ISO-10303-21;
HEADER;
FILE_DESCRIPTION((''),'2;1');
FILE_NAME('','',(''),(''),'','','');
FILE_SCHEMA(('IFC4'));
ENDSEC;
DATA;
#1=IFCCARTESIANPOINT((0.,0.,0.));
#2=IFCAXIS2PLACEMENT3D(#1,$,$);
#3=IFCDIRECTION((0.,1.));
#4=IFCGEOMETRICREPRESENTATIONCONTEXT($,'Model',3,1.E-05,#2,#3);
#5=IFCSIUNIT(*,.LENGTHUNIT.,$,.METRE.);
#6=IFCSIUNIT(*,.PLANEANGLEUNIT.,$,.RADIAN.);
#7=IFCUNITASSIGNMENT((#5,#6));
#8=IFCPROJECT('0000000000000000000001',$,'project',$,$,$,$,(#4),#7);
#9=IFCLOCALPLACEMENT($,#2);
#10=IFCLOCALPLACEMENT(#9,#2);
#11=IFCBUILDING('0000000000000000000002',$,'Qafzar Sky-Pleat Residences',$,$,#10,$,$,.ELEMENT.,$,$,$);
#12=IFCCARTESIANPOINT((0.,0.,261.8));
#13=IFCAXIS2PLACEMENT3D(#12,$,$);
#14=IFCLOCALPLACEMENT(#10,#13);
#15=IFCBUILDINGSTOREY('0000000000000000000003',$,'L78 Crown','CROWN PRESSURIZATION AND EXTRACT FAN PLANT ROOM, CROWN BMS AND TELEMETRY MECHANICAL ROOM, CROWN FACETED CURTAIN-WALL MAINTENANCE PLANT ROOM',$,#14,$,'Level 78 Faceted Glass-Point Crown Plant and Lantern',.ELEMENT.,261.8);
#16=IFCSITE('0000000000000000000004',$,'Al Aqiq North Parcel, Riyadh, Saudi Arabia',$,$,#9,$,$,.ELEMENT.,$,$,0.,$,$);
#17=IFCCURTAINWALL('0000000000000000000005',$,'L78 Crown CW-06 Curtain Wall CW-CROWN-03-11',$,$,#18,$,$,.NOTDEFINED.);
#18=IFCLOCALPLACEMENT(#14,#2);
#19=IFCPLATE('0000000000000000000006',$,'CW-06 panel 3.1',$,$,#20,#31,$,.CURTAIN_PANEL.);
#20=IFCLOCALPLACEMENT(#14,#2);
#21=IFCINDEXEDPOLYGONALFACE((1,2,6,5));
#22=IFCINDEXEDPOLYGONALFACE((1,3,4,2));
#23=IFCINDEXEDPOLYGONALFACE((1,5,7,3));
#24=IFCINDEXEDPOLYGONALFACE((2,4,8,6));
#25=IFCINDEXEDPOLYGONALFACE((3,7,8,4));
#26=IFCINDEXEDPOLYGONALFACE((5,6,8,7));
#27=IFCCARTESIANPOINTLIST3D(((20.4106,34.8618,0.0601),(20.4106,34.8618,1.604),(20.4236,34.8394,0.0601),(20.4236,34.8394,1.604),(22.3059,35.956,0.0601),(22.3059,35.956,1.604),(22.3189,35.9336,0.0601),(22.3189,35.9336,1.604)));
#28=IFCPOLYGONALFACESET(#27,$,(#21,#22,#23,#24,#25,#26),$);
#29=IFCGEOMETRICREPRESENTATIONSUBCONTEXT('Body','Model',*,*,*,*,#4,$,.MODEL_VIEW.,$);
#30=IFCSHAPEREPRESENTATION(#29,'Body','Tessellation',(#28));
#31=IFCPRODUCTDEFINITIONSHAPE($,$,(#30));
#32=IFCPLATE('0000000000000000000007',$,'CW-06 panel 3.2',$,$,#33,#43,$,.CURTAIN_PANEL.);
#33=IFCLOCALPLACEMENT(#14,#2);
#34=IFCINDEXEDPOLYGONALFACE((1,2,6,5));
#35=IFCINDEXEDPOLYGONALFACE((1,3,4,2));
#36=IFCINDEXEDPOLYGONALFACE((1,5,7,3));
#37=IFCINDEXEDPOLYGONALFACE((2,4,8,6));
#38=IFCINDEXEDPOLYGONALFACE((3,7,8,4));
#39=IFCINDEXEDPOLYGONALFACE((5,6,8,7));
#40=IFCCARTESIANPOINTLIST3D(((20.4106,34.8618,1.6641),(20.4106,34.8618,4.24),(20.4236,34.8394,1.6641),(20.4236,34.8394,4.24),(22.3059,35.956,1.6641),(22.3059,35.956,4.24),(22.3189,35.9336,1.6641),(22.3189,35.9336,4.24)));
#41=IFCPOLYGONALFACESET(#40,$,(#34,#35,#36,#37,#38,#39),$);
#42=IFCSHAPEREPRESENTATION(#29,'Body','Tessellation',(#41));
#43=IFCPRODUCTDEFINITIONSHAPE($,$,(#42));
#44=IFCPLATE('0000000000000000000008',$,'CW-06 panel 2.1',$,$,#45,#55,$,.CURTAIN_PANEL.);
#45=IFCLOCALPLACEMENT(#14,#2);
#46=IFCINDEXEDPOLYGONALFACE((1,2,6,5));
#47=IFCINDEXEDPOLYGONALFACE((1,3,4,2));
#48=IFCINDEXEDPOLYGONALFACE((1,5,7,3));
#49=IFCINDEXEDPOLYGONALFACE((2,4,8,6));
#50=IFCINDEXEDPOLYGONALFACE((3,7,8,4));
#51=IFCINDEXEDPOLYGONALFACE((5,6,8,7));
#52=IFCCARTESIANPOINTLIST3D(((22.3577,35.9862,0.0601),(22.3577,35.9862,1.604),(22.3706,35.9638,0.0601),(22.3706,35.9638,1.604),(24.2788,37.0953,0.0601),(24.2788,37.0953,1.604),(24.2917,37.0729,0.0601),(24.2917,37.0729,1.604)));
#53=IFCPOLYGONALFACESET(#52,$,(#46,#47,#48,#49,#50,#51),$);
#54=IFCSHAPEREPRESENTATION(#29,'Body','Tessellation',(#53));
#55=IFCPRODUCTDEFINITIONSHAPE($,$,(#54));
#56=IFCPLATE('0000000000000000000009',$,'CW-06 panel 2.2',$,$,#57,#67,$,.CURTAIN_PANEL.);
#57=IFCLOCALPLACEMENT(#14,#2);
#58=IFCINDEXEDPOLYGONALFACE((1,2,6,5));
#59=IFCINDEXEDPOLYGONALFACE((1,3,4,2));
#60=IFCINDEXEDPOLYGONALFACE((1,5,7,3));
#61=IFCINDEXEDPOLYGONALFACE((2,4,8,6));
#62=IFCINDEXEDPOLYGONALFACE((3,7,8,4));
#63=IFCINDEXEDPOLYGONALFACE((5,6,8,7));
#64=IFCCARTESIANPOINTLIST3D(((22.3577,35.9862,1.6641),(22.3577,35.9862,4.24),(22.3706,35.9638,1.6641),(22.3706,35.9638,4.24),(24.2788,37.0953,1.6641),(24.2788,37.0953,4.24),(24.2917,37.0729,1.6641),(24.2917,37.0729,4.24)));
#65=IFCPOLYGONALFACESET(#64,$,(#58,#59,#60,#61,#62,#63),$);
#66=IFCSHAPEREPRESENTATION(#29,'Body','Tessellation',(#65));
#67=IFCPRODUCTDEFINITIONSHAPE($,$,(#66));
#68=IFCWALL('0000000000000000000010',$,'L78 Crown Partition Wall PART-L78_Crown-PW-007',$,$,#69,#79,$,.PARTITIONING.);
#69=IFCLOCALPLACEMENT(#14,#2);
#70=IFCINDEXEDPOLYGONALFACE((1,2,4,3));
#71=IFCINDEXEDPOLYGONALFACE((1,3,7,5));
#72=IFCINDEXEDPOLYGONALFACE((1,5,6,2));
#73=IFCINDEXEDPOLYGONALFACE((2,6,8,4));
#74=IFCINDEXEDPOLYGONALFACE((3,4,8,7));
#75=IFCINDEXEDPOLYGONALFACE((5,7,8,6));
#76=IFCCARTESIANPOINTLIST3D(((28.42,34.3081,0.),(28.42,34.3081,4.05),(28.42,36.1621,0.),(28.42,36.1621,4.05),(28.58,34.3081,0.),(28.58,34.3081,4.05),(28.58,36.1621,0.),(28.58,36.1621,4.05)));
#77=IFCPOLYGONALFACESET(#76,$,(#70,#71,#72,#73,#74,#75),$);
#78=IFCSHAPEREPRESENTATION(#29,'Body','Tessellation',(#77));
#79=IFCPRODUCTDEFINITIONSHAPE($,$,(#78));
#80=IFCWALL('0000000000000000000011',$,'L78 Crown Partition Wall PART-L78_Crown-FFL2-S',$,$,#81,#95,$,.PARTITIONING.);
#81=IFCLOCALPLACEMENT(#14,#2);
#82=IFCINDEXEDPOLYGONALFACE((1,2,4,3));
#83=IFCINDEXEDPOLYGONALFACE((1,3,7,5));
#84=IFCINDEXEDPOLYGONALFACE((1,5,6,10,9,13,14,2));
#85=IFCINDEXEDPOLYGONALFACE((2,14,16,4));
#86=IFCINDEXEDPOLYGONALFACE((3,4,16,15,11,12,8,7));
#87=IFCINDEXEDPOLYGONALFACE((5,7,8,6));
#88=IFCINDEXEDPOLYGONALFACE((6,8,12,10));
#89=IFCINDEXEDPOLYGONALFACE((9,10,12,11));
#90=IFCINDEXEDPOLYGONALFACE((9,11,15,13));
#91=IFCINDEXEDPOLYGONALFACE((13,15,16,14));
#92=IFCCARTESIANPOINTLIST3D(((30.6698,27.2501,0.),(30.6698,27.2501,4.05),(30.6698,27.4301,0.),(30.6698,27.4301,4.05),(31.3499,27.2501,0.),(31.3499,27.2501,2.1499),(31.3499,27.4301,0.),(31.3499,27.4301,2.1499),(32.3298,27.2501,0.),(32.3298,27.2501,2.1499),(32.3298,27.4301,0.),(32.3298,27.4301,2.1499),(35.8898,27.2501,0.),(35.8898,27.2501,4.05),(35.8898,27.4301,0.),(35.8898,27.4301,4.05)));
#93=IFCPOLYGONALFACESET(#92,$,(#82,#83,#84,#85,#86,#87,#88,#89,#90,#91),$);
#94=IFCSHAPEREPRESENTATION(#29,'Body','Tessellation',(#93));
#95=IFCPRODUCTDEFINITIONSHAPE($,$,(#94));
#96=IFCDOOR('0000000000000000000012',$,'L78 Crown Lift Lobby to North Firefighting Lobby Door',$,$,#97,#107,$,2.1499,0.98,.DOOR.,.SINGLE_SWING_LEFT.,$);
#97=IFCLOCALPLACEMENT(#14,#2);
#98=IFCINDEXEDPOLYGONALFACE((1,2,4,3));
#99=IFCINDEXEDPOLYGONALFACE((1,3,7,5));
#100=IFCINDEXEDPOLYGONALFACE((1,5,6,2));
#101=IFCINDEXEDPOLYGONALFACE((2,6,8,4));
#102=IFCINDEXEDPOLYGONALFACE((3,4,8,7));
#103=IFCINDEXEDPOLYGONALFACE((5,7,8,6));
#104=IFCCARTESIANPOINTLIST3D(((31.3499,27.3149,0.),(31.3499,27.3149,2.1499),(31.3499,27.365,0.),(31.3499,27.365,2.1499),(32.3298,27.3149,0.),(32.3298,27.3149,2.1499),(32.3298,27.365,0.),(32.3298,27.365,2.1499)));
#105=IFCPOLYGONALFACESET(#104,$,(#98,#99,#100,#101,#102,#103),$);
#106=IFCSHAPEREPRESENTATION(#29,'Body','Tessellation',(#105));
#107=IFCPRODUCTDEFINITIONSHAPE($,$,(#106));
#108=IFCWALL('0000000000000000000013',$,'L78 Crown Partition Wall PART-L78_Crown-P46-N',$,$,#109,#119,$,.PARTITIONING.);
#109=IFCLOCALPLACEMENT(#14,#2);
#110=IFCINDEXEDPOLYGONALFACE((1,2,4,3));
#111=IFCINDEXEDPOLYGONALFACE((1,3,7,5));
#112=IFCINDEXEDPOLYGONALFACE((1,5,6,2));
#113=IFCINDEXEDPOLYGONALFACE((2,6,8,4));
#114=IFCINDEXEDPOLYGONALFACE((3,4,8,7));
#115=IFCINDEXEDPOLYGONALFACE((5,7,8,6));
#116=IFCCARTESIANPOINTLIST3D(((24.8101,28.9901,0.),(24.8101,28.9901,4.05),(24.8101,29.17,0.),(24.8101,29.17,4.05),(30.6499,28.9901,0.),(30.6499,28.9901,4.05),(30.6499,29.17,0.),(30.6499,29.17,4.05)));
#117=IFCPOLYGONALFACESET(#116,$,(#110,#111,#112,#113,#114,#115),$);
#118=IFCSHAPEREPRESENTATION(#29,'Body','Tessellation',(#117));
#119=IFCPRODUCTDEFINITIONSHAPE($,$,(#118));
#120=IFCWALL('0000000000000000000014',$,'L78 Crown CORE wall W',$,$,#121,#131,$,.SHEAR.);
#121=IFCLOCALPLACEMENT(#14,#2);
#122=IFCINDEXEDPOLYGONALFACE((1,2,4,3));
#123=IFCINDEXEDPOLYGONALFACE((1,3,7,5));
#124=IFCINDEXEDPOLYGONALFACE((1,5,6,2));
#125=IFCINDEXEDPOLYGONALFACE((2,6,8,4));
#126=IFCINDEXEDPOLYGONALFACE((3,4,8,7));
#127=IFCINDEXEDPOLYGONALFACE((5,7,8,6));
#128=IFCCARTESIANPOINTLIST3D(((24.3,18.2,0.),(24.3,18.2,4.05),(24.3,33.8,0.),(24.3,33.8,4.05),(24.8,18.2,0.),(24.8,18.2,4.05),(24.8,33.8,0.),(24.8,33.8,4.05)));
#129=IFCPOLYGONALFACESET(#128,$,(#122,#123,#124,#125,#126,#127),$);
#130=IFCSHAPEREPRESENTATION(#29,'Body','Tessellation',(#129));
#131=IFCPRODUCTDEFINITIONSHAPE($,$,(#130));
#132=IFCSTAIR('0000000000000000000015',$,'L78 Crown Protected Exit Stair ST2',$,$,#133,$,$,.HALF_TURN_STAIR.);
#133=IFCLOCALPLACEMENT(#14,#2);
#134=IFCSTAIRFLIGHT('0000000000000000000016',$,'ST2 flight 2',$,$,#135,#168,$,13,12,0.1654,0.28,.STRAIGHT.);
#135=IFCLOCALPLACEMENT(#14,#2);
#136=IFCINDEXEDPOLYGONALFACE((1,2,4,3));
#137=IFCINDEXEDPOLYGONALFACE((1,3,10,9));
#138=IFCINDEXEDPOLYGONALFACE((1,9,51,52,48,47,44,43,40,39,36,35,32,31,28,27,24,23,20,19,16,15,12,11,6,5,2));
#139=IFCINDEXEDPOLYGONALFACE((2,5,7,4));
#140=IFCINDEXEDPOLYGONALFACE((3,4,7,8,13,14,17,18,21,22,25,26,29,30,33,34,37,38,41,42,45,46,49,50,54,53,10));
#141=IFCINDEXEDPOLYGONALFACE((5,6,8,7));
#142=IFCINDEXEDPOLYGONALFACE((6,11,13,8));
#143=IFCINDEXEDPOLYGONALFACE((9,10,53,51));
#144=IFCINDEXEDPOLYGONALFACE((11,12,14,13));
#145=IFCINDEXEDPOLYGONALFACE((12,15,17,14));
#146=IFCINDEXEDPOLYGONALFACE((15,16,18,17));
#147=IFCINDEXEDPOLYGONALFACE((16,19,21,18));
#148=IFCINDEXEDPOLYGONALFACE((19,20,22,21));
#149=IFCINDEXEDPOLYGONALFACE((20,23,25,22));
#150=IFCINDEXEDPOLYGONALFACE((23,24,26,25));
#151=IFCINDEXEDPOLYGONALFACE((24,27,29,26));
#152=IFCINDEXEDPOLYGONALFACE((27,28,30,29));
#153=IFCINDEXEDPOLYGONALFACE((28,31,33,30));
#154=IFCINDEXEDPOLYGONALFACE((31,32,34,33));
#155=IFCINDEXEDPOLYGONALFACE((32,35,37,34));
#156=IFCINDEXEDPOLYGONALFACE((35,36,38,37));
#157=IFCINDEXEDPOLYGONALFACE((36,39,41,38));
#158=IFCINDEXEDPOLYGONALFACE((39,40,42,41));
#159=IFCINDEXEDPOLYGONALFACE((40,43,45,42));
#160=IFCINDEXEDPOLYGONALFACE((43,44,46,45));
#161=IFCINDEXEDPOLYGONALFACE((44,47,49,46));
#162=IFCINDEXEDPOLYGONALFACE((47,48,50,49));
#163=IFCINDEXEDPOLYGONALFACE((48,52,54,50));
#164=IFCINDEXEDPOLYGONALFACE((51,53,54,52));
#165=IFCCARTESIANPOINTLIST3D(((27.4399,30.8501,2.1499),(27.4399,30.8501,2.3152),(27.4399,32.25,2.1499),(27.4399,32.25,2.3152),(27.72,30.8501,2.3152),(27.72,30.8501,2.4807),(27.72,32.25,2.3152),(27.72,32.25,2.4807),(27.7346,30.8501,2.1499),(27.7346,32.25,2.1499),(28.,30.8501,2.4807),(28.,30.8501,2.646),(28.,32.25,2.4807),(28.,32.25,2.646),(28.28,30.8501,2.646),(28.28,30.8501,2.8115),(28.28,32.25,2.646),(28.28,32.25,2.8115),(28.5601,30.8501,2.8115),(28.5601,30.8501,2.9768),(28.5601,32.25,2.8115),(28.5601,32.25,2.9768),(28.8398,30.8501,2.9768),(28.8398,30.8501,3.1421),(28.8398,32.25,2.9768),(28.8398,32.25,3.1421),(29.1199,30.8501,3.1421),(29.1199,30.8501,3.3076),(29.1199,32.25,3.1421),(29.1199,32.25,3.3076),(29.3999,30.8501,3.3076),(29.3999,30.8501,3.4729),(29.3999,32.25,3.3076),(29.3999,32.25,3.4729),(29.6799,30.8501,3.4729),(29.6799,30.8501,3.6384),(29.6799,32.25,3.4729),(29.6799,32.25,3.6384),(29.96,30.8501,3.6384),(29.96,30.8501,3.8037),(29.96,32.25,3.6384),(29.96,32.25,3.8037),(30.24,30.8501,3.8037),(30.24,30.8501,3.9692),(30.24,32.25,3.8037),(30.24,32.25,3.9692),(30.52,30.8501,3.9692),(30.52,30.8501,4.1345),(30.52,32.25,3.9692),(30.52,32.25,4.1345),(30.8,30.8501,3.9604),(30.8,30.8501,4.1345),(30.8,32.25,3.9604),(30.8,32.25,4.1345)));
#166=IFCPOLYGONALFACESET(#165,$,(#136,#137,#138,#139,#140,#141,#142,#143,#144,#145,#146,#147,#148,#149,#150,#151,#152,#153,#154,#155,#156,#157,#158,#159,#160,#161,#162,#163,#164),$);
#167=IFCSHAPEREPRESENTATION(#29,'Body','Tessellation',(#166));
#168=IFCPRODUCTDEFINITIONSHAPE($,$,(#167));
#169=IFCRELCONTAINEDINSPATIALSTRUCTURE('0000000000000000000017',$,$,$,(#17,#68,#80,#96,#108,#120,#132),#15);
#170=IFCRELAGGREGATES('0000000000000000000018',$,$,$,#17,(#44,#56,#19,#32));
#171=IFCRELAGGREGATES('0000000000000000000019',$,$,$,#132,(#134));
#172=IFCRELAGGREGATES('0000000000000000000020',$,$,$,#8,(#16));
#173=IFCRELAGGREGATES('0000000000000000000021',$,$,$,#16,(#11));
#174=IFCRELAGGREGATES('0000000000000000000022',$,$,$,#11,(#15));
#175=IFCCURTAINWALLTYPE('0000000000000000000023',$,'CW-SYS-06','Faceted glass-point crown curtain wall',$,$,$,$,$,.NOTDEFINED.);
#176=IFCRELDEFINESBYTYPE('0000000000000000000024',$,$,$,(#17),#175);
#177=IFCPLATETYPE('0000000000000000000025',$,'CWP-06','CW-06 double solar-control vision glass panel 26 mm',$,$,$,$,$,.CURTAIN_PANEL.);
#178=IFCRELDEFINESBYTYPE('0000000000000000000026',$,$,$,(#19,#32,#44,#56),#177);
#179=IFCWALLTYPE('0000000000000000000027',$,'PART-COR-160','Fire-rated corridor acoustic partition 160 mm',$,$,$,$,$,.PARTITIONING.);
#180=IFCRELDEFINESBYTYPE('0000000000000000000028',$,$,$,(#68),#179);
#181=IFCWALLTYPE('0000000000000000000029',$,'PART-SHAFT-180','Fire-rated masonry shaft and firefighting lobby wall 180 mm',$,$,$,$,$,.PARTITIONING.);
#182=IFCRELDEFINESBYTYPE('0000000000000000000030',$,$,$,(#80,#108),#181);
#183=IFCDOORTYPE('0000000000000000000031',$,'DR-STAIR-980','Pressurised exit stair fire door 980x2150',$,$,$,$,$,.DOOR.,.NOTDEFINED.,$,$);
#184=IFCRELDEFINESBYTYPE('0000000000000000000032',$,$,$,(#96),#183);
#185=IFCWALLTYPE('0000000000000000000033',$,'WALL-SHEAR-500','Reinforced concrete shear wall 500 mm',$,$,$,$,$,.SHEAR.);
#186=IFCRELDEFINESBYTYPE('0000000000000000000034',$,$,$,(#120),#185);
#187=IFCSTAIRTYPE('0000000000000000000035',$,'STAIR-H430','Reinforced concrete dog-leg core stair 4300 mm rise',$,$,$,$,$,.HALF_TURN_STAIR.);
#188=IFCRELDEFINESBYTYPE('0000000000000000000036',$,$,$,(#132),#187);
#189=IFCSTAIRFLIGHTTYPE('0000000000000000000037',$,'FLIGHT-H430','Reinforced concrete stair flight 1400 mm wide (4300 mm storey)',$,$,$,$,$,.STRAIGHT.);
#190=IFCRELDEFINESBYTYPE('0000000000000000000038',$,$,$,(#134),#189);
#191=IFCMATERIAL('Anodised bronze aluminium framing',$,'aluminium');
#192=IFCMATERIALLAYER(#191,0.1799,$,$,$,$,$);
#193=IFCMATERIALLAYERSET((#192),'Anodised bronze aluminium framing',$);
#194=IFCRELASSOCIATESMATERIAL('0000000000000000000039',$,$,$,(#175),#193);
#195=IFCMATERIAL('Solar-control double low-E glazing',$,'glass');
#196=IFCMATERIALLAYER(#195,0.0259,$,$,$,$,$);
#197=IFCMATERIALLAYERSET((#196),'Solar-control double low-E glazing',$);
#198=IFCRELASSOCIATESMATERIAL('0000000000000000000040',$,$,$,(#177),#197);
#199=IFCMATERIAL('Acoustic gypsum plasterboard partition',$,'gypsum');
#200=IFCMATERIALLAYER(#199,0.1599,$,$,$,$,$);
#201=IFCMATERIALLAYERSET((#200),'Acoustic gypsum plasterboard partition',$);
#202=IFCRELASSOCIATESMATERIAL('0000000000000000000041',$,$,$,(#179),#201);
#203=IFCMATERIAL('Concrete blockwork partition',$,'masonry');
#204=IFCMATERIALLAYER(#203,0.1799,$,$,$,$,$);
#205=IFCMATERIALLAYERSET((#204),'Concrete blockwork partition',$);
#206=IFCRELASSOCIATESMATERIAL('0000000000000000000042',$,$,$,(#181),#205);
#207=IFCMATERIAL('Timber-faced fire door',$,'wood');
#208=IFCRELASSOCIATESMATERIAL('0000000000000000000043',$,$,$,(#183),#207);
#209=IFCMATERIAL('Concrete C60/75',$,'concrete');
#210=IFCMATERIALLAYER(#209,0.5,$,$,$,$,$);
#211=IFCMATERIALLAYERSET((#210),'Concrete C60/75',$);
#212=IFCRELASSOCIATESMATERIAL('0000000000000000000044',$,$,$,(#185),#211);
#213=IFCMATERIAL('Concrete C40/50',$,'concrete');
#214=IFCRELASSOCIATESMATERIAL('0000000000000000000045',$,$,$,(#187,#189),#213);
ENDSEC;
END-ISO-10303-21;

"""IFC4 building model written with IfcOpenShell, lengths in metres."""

from ifc_helpers import new_model, si_unit, direction, frame, frame_2d, origin, origin_2d, place, context, subcontext, project, spatial, polyline, rectangle, outline, extrude, source, transform, mapped, material, layer, layer_set, type_object, element, fill, aggregate, save


model = new_model("IFC4")

# Units and contexts
model_context = context("Model", 3, precision=1e-05, world=origin(), true_north=direction((0.0, 1.0)))
body_context = subcontext(model_context, "Body", "Model", "MODEL_VIEW")
ifc_project = project(units=[si_unit("LENGTHUNIT", "METRE"), si_unit("PLANEANGLEUNIT", "RADIAN")], contexts=[model_context])

# Site, building, storey
site_placement = place(None, origin())
site = spatial("IfcSite", under=ifc_project, at=site_placement, Name="Al Aqiq North Parcel, Riyadh, Saudi Arabia", CompositionType="ELEMENT", RefElevation=0.0)
building_placement = place(site_placement, origin())
building = spatial("IfcBuilding", under=site, at=building_placement, Name="Qafzar Sky-Pleat Residences", CompositionType="ELEMENT")
storey_placement = place(building_placement, frame((0.0, 0.0, 261.8)))
storey = spatial("IfcBuildingStorey", under=building, at=storey_placement, Name="L78 Crown", Description="CROWN PRESSURIZATION AND EXTRACT FAN PLANT ROOM, CROWN BMS AND TELEMETRY MECHANICAL ROOM, CROWN FACETED CURTAIN-WALL MAINTENANCE PLANT ROOM", LongName="Level 78 Faceted Glass-Point Crown Plant and Lantern", CompositionType="ELEMENT", Elevation=261.8)

# Curtain wall, plates
ifc_material_1 = material(Name="Anodised bronze aluminium framing", Category="aluminium")
ifc_layer_1 = layer(ifc_material_1, 0.1799)
ifc_layer_set_1 = layer_set([ifc_layer_1], Name="Anodised bronze aluminium framing")
curtain_wall_type = type_object("IfcCurtainWallType", Name="CW-SYS-06", Description="Faceted glass-point crown curtain wall", PredefinedType="NOTDEFINED", material=ifc_layer_set_1)
curtain_wall_placement = place(storey_placement, origin())
curtain_wall = element("IfcCurtainWall", 1, at=curtain_wall_placement, inside=storey, type_object=curtain_wall_type, Name="L78 Crown CW-06 Curtain Wall CW-CROWN-03-11", PredefinedType="NOTDEFINED")
ifc_material_2 = material(Name="Solar-control double low-E glazing", Category="glass")
ifc_layer_2 = layer(ifc_material_2, 0.0259)
ifc_layer_set_2 = layer_set([ifc_layer_2], Name="Solar-control double low-E glazing")
plate_type = type_object("IfcPlateType", Name="CWP-06", Description="CW-06 double solar-control vision glass panel 26 mm", PredefinedType="CURTAIN_PANEL", material=ifc_layer_set_2)
shared_shape_1 = source(origin(), body_context, "Body", "SweptSolid", [
    extrude(rectangle(XDim=2.1885, YDim=0.0259, at=origin_2d()), origin(), (0.0, 0.0, 1.0), 1.5439),
])
plate_1_placement = place(storey_placement, frame((21.3647, 35.3977, 0.0601), z_axis=(0.0, 0.0, 1.0), x_axis=(-0.86603, -0.499993, 0.0)))
plate_1 = element("IfcPlate", 2, at=plate_1_placement, type_object=plate_type, Name="CW-06 panel 3.1", PredefinedType="CURTAIN_PANEL", context=body_context, shape_type="MappedRepresentation", body=[
    mapped(shared_shape_1, transform((0.0, 0.0, 0.0), x_axis=(1.0, 0.0, 0.0), y_axis=(0.0, 1.0, 0.0), z_axis=(0.0, 0.0, 1.0), scale=1.0)),
])
shared_shape_2 = source(origin(), body_context, "Body", "SweptSolid", [
    extrude(rectangle(XDim=2.1885, YDim=0.0259, at=origin_2d()), origin(), (0.0, 0.0, 1.0), 2.5759),
])
plate_2_placement = place(storey_placement, frame((21.3647, 35.3977, 1.6641), z_axis=(0.0, 0.0, 1.0), x_axis=(-0.86603, -0.499993, 0.0)))
plate_2 = element("IfcPlate", 3, at=plate_2_placement, type_object=plate_type, Name="CW-06 panel 3.2", PredefinedType="CURTAIN_PANEL", context=body_context, shape_type="MappedRepresentation", body=[
    mapped(shared_shape_2, transform((0.0, 0.0, 0.0), x_axis=(1.0, 0.0, 0.0), y_axis=(0.0, 1.0, 0.0), z_axis=(0.0, 0.0, 1.0), scale=1.0)),
])
shared_shape_3 = source(origin(), body_context, "Body", "SweptSolid", [
    extrude(rectangle(XDim=2.2183, YDim=0.0259, at=origin_2d()), origin(), (0.0, 0.0, 1.0), 1.5439),
])
plate_3_placement = place(storey_placement, frame((23.3247, 36.5295, 0.0601), z_axis=(0.0, 0.0, 1.0), x_axis=(-0.86603, -0.499993, 0.0)))
plate_3 = element("IfcPlate", 4, at=plate_3_placement, type_object=plate_type, Name="CW-06 panel 2.1", PredefinedType="CURTAIN_PANEL", context=body_context, shape_type="MappedRepresentation", body=[
    mapped(shared_shape_3, transform((0.0, 0.0, 0.0), x_axis=(1.0, 0.0, 0.0), y_axis=(0.0, 1.0, 0.0), z_axis=(0.0, 0.0, 1.0), scale=1.0)),
])
shared_shape_4 = source(origin(), body_context, "Body", "SweptSolid", [
    extrude(rectangle(XDim=2.2183, YDim=0.0259, at=origin_2d()), origin(), (0.0, 0.0, 1.0), 2.5759),
])
plate_4_placement = place(storey_placement, frame((23.3247, 36.5295, 1.6641), z_axis=(0.0, 0.0, 1.0), x_axis=(-0.86603, -0.499993, 0.0)))
plate_4 = element("IfcPlate", 5, at=plate_4_placement, type_object=plate_type, Name="CW-06 panel 2.2", PredefinedType="CURTAIN_PANEL", context=body_context, shape_type="MappedRepresentation", body=[
    mapped(shared_shape_4, transform((0.0, 0.0, 0.0), x_axis=(1.0, 0.0, 0.0), y_axis=(0.0, 1.0, 0.0), z_axis=(0.0, 0.0, 1.0), scale=1.0)),
])
aggregate(curtain_wall, [plate_3, plate_4, plate_1, plate_2])

# Wall
ifc_material_3 = material(Name="Acoustic gypsum plasterboard partition", Category="gypsum")
ifc_layer_3 = layer(ifc_material_3, 0.1599)
ifc_layer_set_3 = layer_set([ifc_layer_3], Name="Acoustic gypsum plasterboard partition")
wall_type_1 = type_object("IfcWallType", Name="PART-COR-160", Description="Fire-rated corridor acoustic partition 160 mm", PredefinedType="PARTITIONING", material=ifc_layer_set_3)
wall_1_placement = place(storey_placement, frame((28.5, 34.3081, 0.0), z_axis=(0.0, 0.0, 1.0), x_axis=(0.0, 1.0, 0.0)))
element("IfcWall", 6, at=wall_1_placement, inside=storey, type_object=wall_type_1, Name="L78 Crown Partition Wall PART-L78_Crown-PW-007", PredefinedType="PARTITIONING", context=body_context, shape_type="SweptSolid", body=[
    extrude(rectangle(XDim=1.854, YDim=0.1599, at=frame_2d((0.927, 0.0))), origin(), (0.0, 0.0, 1.0), 4.05),
])

# Wall, opening, door
ifc_material_4 = material(Name="Concrete blockwork partition", Category="masonry")
ifc_layer_4 = layer(ifc_material_4, 0.1799)
ifc_layer_set_4 = layer_set([ifc_layer_4], Name="Concrete blockwork partition")
wall_type_2 = type_object("IfcWallType", Name="PART-SHAFT-180", Description="Fire-rated masonry shaft and firefighting lobby wall 180 mm", PredefinedType="PARTITIONING", material=ifc_layer_set_4)
wall_2_placement = place(storey_placement, frame((30.6699, 27.3401, 0.0), z_axis=(0.0, 0.0, 1.0), x_axis=(1.0, 0.0, 0.0)))
wall_2 = element("IfcWall", 7, at=wall_2_placement, inside=storey, type_object=wall_type_2, Name="L78 Crown Partition Wall PART-L78_Crown-FFL2-S", PredefinedType="PARTITIONING", context=body_context, shape_type="SweptSolid", body=[
    extrude(rectangle(XDim=5.22, YDim=0.1799, at=frame_2d((2.6099, 0.0))), origin(), (0.0, 0.0, 1.0), 4.05),
])
opening_1_placement = place(wall_2_placement, frame((0.6799, 0.0, 0.0)))
opening_1 = element("IfcOpeningElement", 8, at=opening_1_placement, cuts=wall_2, PredefinedType="OPENING", context=body_context, shape_type="SweptSolid", body=[
    extrude(rectangle(XDim=0.98, YDim=2.1499, at=frame_2d((0.49, 1.075))), frame((0.0, 0.1001, 0.0), z_axis=(0.0, -1.0, 0.0), x_axis=(1.0, 0.0, 0.0)), (0.0, 0.0, 1.0), 0.2),
])
ifc_material_5 = material(Name="Timber-faced fire door", Category="wood")
door_type_1 = type_object("IfcDoorType", Name="DR-STAIR-980", Description="Pressurised exit stair fire door 980x2150", OperationType="NOTDEFINED", PredefinedType="DOOR", material=ifc_material_5)
shared_shape_5 = source(origin(), body_context, "Body", "SweptSolid", [
    extrude(rectangle(XDim=0.98, YDim=2.1499, at=frame_2d((0.49, 1.075))), frame((0.0, 0.0249, 0.0), z_axis=(0.0, -1.0, 0.0), x_axis=(1.0, 0.0, 0.0)), (0.0, 0.0, 1.0), 0.05),
])
door_1_placement = place(opening_1_placement, origin())
door_1 = element("IfcDoor", 9, at=door_1_placement, inside=storey, type_object=door_type_1, Name="L78 Crown Lift Lobby to North Firefighting Lobby Door", OperationType="SINGLE_SWING_LEFT", OverallHeight=2.1499, OverallWidth=0.98, PredefinedType="DOOR", context=body_context, shape_type="MappedRepresentation", body=[
    mapped(shared_shape_5, transform((0.0, 0.0, 0.0), x_axis=(1.0, 0.0, 0.0), y_axis=(0.0, 1.0, 0.0), z_axis=(0.0, 0.0, 1.0), scale=1.0)),
])
fill(opening_1, door_1)

# Wall
wall_3_placement = place(storey_placement, frame((24.8101, 29.0801, 0.0), z_axis=(0.0, 0.0, 1.0), x_axis=(1.0, 0.0, 0.0)))
element("IfcWall", 10, at=wall_3_placement, inside=storey, type_object=wall_type_2, Name="L78 Crown Partition Wall PART-L78_Crown-P46-N", PredefinedType="PARTITIONING", context=body_context, shape_type="SweptSolid", body=[
    extrude(rectangle(XDim=5.8398, YDim=0.1799, at=frame_2d((2.9199, 0.0))), origin(), (0.0, 0.0, 1.0), 4.05),
])

# Shared definitions
ifc_material_6 = material(Name="Concrete C60/75", Category="concrete")

# Wall
ifc_layer_5 = layer(ifc_material_6, 0.5)
ifc_layer_set_5 = layer_set([ifc_layer_5], Name="Concrete C60/75")
wall_type_3 = type_object("IfcWallType", Name="WALL-SHEAR-500", Description="Reinforced concrete shear wall 500 mm", PredefinedType="SHEAR", material=ifc_layer_set_5)
wall_4_placement = place(storey_placement, frame((24.55, 33.8, 0.0), z_axis=(0.0, 0.0, 1.0), x_axis=(0.0, -1.0, 0.0)))
element("IfcWall", 11, at=wall_4_placement, inside=storey, type_object=wall_type_3, Name="L78 Crown CORE wall W", PredefinedType="SHEAR", context=body_context, shape_type="SweptSolid", body=[
    extrude(rectangle(XDim=15.6001, YDim=0.5, at=frame_2d((7.8, 0.0))), origin(), (0.0, 0.0, 1.0), 4.05),
])

# Stair, stair flight
ifc_material_7 = material(Name="Concrete C40/50", Category="concrete")
stair_type = type_object("IfcStairType", Name="STAIR-H430", Description="Reinforced concrete dog-leg core stair 4300 mm rise", PredefinedType="HALF_TURN_STAIR", material=ifc_material_7)
stair_placement = place(storey_placement, origin())
stair = element("IfcStair", 12, at=stair_placement, inside=storey, type_object=stair_type, Name="L78 Crown Protected Exit Stair ST2", PredefinedType="HALF_TURN_STAIR")
stair_flight_type = type_object("IfcStairFlightType", Name="FLIGHT-H430", Description="Reinforced concrete stair flight 1400 mm wide (4300 mm storey)", PredefinedType="STRAIGHT", material=ifc_material_7)
shared_shape_6 = source(origin(), body_context, "Body", "SweptSolid", [
    extrude(outline(polyline([(0.0, 0.0), (0.0, 0.1653), (0.28, 0.1653), (0.28, 0.3308), (0.5601, 0.3308), (0.5601, 0.4961), (0.8401, 0.4961), (0.8401, 0.6616), (1.1201, 0.6616), (1.1201, 0.8269), (1.3999, 0.8269), (1.3999, 0.9922), (1.6799, 0.9922), (1.6799, 1.1577), (1.96, 1.1577), (1.96, 1.323), (2.24, 1.323), (2.24, 1.4885), (2.52, 1.4885), (2.52, 1.6538), (2.8, 1.6538), (2.8, 1.8193), (3.0801, 1.8193), (3.0801, 1.9846), (3.3601, 1.9846), (3.3601, 2.1499), (3.3601, 1.8105), (0.2947, 0.0), (0.0, 0.0)])), frame((0.0, 0.7, 0.0), z_axis=(0.0, -1.0, 0.0), x_axis=(1.0, 0.0, 0.0)), (0.0, 0.0, 1.0), 1.3999),
])
stair_flight_placement = place(storey_placement, frame((27.4399, 31.55, 2.1499), z_axis=(0.0, 0.0, 1.0), x_axis=(1.0, 0.0, 0.0)))
stair_flight = element("IfcStairFlight", 13, at=stair_flight_placement, type_object=stair_flight_type, Name="ST2 flight 2", NumberOfRisers=13, NumberOfTreads=12, PredefinedType="STRAIGHT", RiserHeight=0.1654, TreadLength=0.28, context=body_context, shape_type="MappedRepresentation", body=[
    mapped(shared_shape_6, transform((0.0, 0.0, 0.0), x_axis=(1.0, 0.0, 0.0), y_axis=(0.0, 1.0, 0.0), z_axis=(0.0, 0.0, 1.0), scale=1.0)),
])
aggregate(stair, [stair_flight])

save(model, "model.ifc")
